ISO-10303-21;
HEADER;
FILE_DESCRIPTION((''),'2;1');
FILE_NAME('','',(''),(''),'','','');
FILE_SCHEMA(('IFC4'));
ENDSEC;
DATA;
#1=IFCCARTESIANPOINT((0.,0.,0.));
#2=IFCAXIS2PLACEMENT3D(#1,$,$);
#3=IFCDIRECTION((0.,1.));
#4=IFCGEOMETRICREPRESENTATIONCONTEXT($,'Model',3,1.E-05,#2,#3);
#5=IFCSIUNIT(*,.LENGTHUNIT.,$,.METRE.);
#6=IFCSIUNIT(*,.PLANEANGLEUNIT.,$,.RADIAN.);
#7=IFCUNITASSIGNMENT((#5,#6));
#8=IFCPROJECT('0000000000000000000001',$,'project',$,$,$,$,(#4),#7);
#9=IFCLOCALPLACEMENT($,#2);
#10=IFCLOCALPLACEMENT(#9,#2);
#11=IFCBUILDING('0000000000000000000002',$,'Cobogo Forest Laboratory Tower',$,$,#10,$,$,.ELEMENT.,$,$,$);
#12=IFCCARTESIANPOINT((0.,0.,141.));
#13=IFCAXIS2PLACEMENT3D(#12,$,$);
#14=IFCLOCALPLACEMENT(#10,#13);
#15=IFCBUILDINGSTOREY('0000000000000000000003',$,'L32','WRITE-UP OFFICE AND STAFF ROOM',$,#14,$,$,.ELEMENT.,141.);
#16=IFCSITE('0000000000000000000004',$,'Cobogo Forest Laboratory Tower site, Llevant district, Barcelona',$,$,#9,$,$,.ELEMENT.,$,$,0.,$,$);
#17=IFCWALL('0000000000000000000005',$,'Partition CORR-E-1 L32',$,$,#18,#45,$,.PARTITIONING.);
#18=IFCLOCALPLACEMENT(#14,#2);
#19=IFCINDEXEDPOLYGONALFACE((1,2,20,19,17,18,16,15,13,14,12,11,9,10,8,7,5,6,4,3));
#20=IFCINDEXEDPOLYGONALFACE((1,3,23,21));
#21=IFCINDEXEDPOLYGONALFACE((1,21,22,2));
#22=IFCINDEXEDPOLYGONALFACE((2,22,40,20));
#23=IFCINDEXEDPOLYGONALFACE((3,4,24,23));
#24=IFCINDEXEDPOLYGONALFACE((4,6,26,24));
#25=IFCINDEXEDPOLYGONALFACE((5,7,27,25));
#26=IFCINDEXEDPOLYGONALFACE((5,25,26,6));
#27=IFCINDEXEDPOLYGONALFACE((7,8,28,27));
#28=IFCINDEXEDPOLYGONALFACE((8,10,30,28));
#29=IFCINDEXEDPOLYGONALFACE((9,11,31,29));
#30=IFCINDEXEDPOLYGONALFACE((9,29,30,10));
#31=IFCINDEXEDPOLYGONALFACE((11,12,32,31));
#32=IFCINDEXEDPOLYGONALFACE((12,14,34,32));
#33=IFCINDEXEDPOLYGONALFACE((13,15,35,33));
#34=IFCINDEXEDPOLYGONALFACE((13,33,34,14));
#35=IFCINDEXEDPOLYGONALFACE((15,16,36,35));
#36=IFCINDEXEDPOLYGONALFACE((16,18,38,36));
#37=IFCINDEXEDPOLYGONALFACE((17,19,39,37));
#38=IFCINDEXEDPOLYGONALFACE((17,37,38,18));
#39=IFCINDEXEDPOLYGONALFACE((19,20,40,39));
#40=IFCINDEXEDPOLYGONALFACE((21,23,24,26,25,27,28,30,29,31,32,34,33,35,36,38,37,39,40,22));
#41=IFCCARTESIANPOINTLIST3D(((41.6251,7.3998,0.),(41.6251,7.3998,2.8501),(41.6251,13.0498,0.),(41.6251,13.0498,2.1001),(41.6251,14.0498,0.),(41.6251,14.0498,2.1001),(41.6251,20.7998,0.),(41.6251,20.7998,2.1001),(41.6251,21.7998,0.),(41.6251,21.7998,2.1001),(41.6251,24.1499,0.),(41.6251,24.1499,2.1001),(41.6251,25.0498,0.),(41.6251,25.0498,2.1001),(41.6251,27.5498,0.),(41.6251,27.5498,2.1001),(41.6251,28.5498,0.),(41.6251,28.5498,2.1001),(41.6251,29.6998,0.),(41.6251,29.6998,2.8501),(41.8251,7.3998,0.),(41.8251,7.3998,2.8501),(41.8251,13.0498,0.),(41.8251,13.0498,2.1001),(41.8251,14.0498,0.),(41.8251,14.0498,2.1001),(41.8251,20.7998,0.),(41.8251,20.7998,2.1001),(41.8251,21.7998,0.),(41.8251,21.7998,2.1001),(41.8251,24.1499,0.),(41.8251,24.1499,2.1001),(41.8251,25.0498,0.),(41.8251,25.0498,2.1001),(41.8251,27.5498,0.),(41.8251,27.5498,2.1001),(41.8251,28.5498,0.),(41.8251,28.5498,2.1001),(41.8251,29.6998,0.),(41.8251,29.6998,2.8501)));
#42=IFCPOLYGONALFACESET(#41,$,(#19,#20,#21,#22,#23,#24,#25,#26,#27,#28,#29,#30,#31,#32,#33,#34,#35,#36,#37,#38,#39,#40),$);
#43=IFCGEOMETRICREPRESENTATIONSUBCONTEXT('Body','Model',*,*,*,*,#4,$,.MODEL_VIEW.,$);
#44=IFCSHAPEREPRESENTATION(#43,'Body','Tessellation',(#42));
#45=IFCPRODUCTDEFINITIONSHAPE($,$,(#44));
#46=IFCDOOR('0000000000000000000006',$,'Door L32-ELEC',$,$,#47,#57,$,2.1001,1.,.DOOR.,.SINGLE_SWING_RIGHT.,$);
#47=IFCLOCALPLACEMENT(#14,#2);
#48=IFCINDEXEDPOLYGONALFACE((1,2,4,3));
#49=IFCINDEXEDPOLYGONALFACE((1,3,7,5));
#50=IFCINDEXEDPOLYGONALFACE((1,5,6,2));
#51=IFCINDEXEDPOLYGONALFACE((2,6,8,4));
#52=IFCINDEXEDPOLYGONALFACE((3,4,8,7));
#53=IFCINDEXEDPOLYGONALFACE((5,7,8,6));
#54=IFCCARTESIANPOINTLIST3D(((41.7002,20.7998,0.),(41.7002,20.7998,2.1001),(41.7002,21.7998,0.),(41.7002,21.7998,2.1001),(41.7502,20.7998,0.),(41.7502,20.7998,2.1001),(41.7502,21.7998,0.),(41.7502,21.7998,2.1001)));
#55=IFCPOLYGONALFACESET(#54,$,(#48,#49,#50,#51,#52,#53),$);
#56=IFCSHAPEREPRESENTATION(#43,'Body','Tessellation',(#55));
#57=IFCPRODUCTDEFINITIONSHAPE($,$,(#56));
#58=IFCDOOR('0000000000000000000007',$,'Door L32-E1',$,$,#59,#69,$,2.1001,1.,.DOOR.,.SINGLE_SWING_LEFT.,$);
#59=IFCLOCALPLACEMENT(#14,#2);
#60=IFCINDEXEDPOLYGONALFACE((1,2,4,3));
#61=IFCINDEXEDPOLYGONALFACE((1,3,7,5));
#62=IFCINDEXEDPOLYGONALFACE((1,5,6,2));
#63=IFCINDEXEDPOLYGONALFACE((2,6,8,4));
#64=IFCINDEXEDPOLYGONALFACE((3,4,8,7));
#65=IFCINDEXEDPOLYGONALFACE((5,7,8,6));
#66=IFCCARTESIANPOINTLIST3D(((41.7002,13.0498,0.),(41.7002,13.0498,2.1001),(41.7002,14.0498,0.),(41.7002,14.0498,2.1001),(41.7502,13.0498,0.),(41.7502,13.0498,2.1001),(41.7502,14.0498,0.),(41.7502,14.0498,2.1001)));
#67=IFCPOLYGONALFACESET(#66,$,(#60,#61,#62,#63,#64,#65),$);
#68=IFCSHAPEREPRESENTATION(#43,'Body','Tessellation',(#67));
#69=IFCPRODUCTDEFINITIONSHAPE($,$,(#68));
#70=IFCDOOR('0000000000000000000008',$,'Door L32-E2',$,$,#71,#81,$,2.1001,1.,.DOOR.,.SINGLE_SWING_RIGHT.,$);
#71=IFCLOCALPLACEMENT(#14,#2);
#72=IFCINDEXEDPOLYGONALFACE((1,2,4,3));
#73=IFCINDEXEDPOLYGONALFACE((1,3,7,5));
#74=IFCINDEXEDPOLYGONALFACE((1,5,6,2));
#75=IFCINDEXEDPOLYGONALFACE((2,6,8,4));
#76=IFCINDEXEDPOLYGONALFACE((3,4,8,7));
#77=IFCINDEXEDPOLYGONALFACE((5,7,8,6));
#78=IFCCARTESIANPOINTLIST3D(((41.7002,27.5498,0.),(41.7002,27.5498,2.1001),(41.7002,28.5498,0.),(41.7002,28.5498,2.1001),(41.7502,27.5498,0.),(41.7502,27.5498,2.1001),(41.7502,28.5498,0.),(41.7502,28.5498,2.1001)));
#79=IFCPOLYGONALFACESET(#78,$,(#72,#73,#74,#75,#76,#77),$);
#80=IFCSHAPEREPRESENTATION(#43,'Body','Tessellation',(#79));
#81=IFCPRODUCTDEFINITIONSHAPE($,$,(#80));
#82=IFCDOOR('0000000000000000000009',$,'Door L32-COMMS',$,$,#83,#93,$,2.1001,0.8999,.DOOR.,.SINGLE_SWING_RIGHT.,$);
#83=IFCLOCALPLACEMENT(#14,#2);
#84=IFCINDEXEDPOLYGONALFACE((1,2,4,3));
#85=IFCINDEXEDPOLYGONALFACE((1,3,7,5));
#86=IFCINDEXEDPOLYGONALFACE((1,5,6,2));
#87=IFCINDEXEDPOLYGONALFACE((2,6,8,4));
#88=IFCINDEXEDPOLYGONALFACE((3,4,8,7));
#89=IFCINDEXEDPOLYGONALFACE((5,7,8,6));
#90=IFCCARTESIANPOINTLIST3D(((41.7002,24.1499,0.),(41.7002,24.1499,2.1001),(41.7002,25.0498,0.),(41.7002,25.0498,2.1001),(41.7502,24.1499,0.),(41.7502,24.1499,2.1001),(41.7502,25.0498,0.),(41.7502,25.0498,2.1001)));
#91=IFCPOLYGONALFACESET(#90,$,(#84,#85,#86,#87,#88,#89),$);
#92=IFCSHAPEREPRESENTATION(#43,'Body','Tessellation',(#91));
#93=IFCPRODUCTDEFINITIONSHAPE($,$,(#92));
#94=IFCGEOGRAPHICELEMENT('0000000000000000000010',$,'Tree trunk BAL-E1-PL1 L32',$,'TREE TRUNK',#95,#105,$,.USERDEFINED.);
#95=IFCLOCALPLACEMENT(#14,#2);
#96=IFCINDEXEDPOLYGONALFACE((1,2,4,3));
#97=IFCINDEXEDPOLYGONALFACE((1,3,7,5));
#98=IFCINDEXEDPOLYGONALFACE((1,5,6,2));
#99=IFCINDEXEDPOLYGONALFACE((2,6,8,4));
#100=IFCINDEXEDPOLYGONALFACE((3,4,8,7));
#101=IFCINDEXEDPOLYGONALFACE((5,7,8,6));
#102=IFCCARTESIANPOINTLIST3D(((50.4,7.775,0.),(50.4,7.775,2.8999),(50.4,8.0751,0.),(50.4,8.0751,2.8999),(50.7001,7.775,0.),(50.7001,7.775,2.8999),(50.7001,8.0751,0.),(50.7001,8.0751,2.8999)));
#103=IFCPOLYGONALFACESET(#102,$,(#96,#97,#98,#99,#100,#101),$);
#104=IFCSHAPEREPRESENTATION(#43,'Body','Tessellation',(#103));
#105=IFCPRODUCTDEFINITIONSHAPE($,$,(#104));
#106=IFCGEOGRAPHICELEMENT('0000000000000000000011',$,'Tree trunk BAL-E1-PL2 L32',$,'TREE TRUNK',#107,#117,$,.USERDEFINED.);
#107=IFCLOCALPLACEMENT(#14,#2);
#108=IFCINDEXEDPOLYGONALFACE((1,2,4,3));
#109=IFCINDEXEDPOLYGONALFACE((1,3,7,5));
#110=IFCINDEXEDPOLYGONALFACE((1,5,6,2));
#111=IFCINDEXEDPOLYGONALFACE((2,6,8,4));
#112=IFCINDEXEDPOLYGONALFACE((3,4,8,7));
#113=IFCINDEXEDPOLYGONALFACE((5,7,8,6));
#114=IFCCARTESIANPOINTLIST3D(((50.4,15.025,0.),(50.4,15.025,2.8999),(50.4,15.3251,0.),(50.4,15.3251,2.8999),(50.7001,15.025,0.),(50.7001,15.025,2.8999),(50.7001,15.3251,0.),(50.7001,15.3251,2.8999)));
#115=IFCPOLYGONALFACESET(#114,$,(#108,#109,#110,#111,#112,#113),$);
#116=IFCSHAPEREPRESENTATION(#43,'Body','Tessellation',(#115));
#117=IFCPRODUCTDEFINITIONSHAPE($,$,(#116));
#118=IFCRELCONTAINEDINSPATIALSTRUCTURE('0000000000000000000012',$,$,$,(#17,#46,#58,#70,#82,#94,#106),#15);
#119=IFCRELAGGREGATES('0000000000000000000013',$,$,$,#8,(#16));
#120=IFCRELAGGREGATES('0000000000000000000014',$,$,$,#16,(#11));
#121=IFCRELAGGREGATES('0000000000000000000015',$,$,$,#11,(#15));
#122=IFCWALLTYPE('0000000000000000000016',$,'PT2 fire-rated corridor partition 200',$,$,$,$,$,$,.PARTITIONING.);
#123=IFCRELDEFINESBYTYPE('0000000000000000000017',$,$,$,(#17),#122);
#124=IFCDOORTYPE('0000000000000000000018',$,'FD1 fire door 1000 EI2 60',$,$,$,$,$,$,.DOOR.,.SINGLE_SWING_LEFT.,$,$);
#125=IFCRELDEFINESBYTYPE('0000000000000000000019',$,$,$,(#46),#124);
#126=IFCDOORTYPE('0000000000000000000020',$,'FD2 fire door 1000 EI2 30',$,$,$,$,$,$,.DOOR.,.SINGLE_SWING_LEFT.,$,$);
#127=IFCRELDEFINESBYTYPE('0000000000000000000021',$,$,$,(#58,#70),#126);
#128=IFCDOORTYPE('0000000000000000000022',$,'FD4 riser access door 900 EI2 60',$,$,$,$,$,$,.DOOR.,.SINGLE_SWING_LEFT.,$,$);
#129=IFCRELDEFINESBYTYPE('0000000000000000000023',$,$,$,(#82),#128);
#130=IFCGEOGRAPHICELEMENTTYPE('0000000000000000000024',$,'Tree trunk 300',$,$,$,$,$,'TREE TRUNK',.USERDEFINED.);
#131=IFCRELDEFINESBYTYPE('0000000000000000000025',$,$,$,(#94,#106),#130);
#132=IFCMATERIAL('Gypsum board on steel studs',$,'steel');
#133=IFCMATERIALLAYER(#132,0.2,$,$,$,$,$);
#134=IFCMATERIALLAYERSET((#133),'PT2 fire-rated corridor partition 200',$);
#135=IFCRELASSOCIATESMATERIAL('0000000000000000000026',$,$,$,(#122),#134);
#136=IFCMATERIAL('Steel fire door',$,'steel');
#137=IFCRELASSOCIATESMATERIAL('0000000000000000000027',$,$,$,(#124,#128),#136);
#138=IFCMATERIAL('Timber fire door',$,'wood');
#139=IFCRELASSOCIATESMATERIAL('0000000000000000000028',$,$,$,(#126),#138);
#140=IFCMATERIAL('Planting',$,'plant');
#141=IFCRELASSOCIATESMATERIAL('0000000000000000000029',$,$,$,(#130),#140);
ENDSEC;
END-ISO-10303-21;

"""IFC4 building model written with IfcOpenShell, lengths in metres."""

from ifc_helpers import new_model, si_unit, direction, frame, frame_2d, origin, origin_2d, place, context, subcontext, project, spatial, rectangle, extrude, material, layer, layer_set, type_object, element, fill, save


model = new_model("IFC4")

# Units and contexts
model_context = context("Model", 3, precision=1e-05, world=origin(), true_north=direction((0.0, 1.0)))
body_context = subcontext(model_context, "Body", "Model", "MODEL_VIEW")
ifc_project = project(units=[si_unit("LENGTHUNIT", "METRE"), si_unit("PLANEANGLEUNIT", "RADIAN")], contexts=[model_context])

# Site, building, storey
site_placement = place(None, origin())
site = spatial("IfcSite", under=ifc_project, at=site_placement, Name="Cobogo Forest Laboratory Tower site, Llevant district, Barcelona", CompositionType="ELEMENT", RefElevation=0.0)
building_placement = place(site_placement, origin())
building = spatial("IfcBuilding", under=site, at=building_placement, Name="Cobogo Forest Laboratory Tower", CompositionType="ELEMENT")
storey_placement = place(building_placement, frame((0.0, 0.0, 141.0)))
storey = spatial("IfcBuildingStorey", under=building, at=storey_placement, Name="L32", Description="WRITE-UP OFFICE AND STAFF ROOM", CompositionType="ELEMENT", Elevation=141.0)

# Shared definitions
ifc_material_1 = material(Name="Gypsum board on steel studs", Category="steel")

# Wall, openings, doors
ifc_layer_1 = layer(ifc_material_1, 0.2)
ifc_layer_set_1 = layer_set([ifc_layer_1], Name="PT2 fire-rated corridor partition 200")
wall_type_1 = type_object("IfcWallType", Name="PT2 fire-rated corridor partition 200", PredefinedType="PARTITIONING", material=ifc_layer_set_1)
wall_1_placement = place(storey_placement, frame((41.7251, 7.3999, 0.0), z_axis=(0.0, 0.0, 1.0), x_axis=(0.0, 1.0, 0.0)))
wall_1 = element("IfcWall", 1, at=wall_1_placement, inside=storey, type_object=wall_type_1, Name="Partition CORR-E-1 L32", PredefinedType="PARTITIONING", context=body_context, shape_type="SweptSolid", body=[
    extrude(rectangle(XDim=22.3, YDim=0.2, at=frame_2d((11.1499, 0.0))), origin(), (0.0, 0.0, 1.0), 2.8501),
])
opening_1_placement = place(wall_1_placement, frame((5.6499, 0.0, 0.0)))
opening_1 = element("IfcOpeningElement", 2, at=opening_1_placement, cuts=wall_1, PredefinedType="OPENING", context=body_context, shape_type="SweptSolid", body=[
    extrude(rectangle(XDim=1.0, YDim=2.1001, at=frame_2d((0.5, 1.05))), frame((0.0, 0.1099, 0.0), z_axis=(0.0, -1.0, 0.0), x_axis=(1.0, 0.0, 0.0)), (0.0, 0.0, 1.0), 0.22),
])
opening_2_placement = place(wall_1_placement, frame((13.3999, 0.0, 0.0)))
opening_2 = element("IfcOpeningElement", 3, at=opening_2_placement, cuts=wall_1, PredefinedType="OPENING", context=body_context, shape_type="SweptSolid", body=[
    extrude(rectangle(XDim=1.0, YDim=2.1001, at=frame_2d((0.5, 1.05))), frame((0.0, 0.1099, 0.0), z_axis=(0.0, -1.0, 0.0), x_axis=(1.0, 0.0, 0.0)), (0.0, 0.0, 1.0), 0.22),
])
opening_3_placement = place(wall_1_placement, frame((16.75, 0.0, 0.0)))
opening_3 = element("IfcOpeningElement", 4, at=opening_3_placement, cuts=wall_1, PredefinedType="OPENING", context=body_context, shape_type="SweptSolid", body=[
    extrude(rectangle(XDim=0.8999, YDim=2.1001, at=frame_2d((0.45, 1.05))), frame((0.0, 0.1099, 0.0), z_axis=(0.0, -1.0, 0.0), x_axis=(1.0, 0.0, 0.0)), (0.0, 0.0, 1.0), 0.22),
])
opening_4_placement = place(wall_1_placement, frame((20.1499, 0.0, 0.0)))
opening_4 = element("IfcOpeningElement", 5, at=opening_4_placement, cuts=wall_1, PredefinedType="OPENING", context=body_context, shape_type="SweptSolid", body=[
    extrude(rectangle(XDim=1.0, YDim=2.1001, at=frame_2d((0.5, 1.05))), frame((0.0, 0.1099, 0.0), z_axis=(0.0, -1.0, 0.0), x_axis=(1.0, 0.0, 0.0)), (0.0, 0.0, 1.0), 0.22),
])
ifc_material_2 = material(Name="Steel fire door", Category="steel")
door_type_1 = type_object("IfcDoorType", Name="FD1 fire door 1000 EI2 60", OperationType="SINGLE_SWING_LEFT", PredefinedType="DOOR", material=ifc_material_2)
door_1_placement = place(opening_2_placement, origin())
door_1 = element("IfcDoor", 6, at=door_1_placement, inside=storey, type_object=door_type_1, Name="Door L32-ELEC", OperationType="SINGLE_SWING_RIGHT", OverallHeight=2.1001, OverallWidth=1.0, PredefinedType="DOOR", context=body_context, shape_type="SweptSolid", body=[
    extrude(rectangle(XDim=1.0, YDim=2.1001, at=frame_2d((0.5, 1.05))), frame((0.0, 0.0249, 0.0), z_axis=(0.0, -1.0, 0.0), x_axis=(1.0, 0.0, 0.0)), (0.0, 0.0, 1.0), 0.05),
])
fill(opening_2, door_1)
ifc_material_3 = material(Name="Timber fire door", Category="wood")
door_type_2 = type_object("IfcDoorType", Name="FD2 fire door 1000 EI2 30", OperationType="SINGLE_SWING_LEFT", PredefinedType="DOOR", material=ifc_material_3)
door_2_placement = place(opening_1_placement, origin())
door_2 = element("IfcDoor", 7, at=door_2_placement, inside=storey, type_object=door_type_2, Name="Door L32-E1", OperationType="SINGLE_SWING_LEFT", OverallHeight=2.1001, OverallWidth=1.0, PredefinedType="DOOR", context=body_context, shape_type="SweptSolid", body=[
    extrude(rectangle(XDim=1.0, YDim=2.1001, at=frame_2d((0.5, 1.05))), frame((0.0, 0.0249, 0.0), z_axis=(0.0, -1.0, 0.0), x_axis=(1.0, 0.0, 0.0)), (0.0, 0.0, 1.0), 0.05),
])
fill(opening_1, door_2)
door_3_placement = place(opening_4_placement, origin())
door_3 = element("IfcDoor", 8, at=door_3_placement, inside=storey, type_object=door_type_2, Name="Door L32-E2", OperationType="SINGLE_SWING_RIGHT", OverallHeight=2.1001, OverallWidth=1.0, PredefinedType="DOOR", context=body_context, shape_type="SweptSolid", body=[
    extrude(rectangle(XDim=1.0, YDim=2.1001, at=frame_2d((0.5, 1.05))), frame((0.0, 0.0249, 0.0), z_axis=(0.0, -1.0, 0.0), x_axis=(1.0, 0.0, 0.0)), (0.0, 0.0, 1.0), 0.05),
])
fill(opening_4, door_3)
door_type_3 = type_object("IfcDoorType", Name="FD4 riser access door 900 EI2 60", OperationType="SINGLE_SWING_LEFT", PredefinedType="DOOR", material=ifc_material_2)
door_4_placement = place(opening_3_placement, origin())
door_4 = element("IfcDoor", 9, at=door_4_placement, inside=storey, type_object=door_type_3, Name="Door L32-COMMS", OperationType="SINGLE_SWING_RIGHT", OverallHeight=2.1001, OverallWidth=0.8999, PredefinedType="DOOR", context=body_context, shape_type="SweptSolid", body=[
    extrude(rectangle(XDim=0.8999, YDim=2.1001, at=frame_2d((0.45, 1.05))), frame((0.0, 0.0249, 0.0), z_axis=(0.0, -1.0, 0.0), x_axis=(1.0, 0.0, 0.0)), (0.0, 0.0, 1.0), 0.05),
])
fill(opening_3, door_4)

# Geographic elements
ifc_material_4 = material(Name="Planting", Category="plant")
geographic_element_type = type_object("IfcGeographicElementType", Name="Tree trunk 300", ElementType="TREE TRUNK", PredefinedType="USERDEFINED", material=ifc_material_4)
for number, where, z_axis, x_axis, name in (
    (10, (50.55, 7.925, 0.0), (0.0, 0.0, 1.0), (1.0, 0.0, 0.0), "Tree trunk BAL-E1-PL1 L32"),
    (11, (50.55, 15.175, 0.0), (0.0, 0.0, 1.0), (1.0, 0.0, 0.0), "Tree trunk BAL-E1-PL2 L32"),
):
    element("IfcGeographicElement", number, at=place(storey_placement, frame(where, z_axis=z_axis, x_axis=x_axis)), inside=storey, type_object=geographic_element_type, Name=name, ObjectType="TREE TRUNK", PredefinedType="USERDEFINED", context=body_context, shape_type="SweptSolid", body=[
        extrude(rectangle(XDim=0.3, YDim=0.3, at=origin_2d()), origin(), (0.0, 0.0, 1.0), 2.8999),
    ])

save(model, "model.ifc")
